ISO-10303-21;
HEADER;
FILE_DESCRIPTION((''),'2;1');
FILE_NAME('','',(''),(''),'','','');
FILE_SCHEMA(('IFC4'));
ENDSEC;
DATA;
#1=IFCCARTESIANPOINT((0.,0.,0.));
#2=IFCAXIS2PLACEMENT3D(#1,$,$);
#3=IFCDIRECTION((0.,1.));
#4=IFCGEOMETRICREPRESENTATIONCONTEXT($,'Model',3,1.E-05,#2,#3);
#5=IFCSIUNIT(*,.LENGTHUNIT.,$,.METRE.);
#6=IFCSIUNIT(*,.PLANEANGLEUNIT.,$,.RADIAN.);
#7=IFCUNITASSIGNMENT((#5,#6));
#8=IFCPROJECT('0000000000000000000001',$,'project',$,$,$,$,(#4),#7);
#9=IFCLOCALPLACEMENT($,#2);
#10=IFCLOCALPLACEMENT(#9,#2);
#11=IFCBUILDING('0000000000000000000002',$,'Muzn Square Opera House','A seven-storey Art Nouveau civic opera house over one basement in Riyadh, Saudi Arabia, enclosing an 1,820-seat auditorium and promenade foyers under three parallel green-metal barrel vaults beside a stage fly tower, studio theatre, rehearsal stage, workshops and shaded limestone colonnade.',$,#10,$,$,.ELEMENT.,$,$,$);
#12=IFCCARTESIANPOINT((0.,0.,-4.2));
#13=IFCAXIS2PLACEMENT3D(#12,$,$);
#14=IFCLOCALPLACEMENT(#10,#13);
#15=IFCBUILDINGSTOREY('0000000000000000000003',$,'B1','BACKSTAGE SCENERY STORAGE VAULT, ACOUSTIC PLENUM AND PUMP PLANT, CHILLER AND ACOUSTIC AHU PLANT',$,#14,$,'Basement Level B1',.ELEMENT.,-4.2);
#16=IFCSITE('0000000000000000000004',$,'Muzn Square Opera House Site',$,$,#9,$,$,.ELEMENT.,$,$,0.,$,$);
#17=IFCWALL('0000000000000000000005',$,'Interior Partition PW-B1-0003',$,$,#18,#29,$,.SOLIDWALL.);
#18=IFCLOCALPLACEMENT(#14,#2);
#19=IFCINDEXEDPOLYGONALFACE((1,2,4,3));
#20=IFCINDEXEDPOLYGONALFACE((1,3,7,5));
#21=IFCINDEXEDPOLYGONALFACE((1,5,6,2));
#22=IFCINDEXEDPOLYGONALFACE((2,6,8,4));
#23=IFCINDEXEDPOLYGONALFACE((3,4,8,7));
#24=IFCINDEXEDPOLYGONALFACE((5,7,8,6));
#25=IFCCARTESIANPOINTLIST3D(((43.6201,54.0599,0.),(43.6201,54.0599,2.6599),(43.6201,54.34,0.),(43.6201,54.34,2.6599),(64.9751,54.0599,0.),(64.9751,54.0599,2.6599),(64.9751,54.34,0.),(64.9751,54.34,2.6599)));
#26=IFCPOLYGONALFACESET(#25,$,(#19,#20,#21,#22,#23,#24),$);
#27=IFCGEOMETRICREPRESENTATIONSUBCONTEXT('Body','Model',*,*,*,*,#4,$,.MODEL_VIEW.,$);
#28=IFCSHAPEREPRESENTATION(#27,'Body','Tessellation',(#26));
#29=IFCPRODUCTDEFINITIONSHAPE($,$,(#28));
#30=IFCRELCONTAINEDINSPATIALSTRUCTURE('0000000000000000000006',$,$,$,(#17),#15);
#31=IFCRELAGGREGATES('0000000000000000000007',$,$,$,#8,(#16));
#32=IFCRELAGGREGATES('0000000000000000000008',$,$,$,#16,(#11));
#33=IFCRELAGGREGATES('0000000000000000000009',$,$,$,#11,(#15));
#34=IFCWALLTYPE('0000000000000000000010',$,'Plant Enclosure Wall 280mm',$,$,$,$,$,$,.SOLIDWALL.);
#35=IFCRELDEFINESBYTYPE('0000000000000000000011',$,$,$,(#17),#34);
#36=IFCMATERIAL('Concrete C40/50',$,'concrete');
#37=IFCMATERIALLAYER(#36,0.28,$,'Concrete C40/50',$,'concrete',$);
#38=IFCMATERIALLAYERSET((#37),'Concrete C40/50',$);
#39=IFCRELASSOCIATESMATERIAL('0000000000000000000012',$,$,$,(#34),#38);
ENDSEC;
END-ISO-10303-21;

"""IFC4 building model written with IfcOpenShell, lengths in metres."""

from ifc_helpers import new_model, si_unit, direction, frame, frame_2d, origin, place, context, subcontext, project, spatial, rectangle, extrude, material, layer, layer_set, type_object, element, save


model = new_model("IFC4")

# Units and contexts
model_context = context("Model", 3, precision=1e-05, world=origin(), true_north=direction((0.0, 1.0)))
body_context = subcontext(model_context, "Body", "Model", "MODEL_VIEW")
ifc_project = project(units=[si_unit("LENGTHUNIT", "METRE"), si_unit("PLANEANGLEUNIT", "RADIAN")], contexts=[model_context])

# Site, building, storey
site_placement = place(None, origin())
site = spatial("IfcSite", under=ifc_project, at=site_placement, Name="Muzn Square Opera House Site", CompositionType="ELEMENT", RefElevation=0.0)
building_placement = place(site_placement, origin())
building = spatial("IfcBuilding", under=site, at=building_placement, Name="Muzn Square Opera House", Description="A seven-storey Art Nouveau civic opera house over one basement in Riyadh, Saudi Arabia, enclosing an 1,820-seat auditorium and promenade foyers under three parallel green-metal barrel vaults beside a stage fly tower, studio theatre, rehearsal stage, workshops and shaded limestone colonnade.", CompositionType="ELEMENT")
storey_placement = place(building_placement, frame((0.0, 0.0, -4.2)))
storey = spatial("IfcBuildingStorey", under=building, at=storey_placement, Name="B1", Description="BACKSTAGE SCENERY STORAGE VAULT, ACOUSTIC PLENUM AND PUMP PLANT, CHILLER AND ACOUSTIC AHU PLANT", LongName="Basement Level B1", CompositionType="ELEMENT", Elevation=-4.2)

# Shared definitions
ifc_material = material(Name="Concrete C40/50", Category="concrete")

# Wall
ifc_layer = layer(ifc_material, 0.28, Name="Concrete C40/50", Category="concrete")
ifc_layer_set = layer_set([ifc_layer], Name="Concrete C40/50")
wall_type = type_object("IfcWallType", Name="Plant Enclosure Wall 280mm", PredefinedType="SOLIDWALL", material=ifc_layer_set)
wall_placement = place(storey_placement, frame((43.6201, 54.2, 0.0), z_axis=(0.0, 0.0, 1.0), x_axis=(1.0, 0.0, 0.0)))
element("IfcWall", 1, at=wall_placement, inside=storey, type_object=wall_type, Name="Interior Partition PW-B1-0003", PredefinedType="SOLIDWALL", context=body_context, shape_type="SweptSolid", body=[
    extrude(rectangle(XDim=21.355, YDim=0.28, at=frame_2d((10.6775, 0.0))), origin(), (0.0, 0.0, 1.0), 2.6599),
])

save(model, "model.ifc")
